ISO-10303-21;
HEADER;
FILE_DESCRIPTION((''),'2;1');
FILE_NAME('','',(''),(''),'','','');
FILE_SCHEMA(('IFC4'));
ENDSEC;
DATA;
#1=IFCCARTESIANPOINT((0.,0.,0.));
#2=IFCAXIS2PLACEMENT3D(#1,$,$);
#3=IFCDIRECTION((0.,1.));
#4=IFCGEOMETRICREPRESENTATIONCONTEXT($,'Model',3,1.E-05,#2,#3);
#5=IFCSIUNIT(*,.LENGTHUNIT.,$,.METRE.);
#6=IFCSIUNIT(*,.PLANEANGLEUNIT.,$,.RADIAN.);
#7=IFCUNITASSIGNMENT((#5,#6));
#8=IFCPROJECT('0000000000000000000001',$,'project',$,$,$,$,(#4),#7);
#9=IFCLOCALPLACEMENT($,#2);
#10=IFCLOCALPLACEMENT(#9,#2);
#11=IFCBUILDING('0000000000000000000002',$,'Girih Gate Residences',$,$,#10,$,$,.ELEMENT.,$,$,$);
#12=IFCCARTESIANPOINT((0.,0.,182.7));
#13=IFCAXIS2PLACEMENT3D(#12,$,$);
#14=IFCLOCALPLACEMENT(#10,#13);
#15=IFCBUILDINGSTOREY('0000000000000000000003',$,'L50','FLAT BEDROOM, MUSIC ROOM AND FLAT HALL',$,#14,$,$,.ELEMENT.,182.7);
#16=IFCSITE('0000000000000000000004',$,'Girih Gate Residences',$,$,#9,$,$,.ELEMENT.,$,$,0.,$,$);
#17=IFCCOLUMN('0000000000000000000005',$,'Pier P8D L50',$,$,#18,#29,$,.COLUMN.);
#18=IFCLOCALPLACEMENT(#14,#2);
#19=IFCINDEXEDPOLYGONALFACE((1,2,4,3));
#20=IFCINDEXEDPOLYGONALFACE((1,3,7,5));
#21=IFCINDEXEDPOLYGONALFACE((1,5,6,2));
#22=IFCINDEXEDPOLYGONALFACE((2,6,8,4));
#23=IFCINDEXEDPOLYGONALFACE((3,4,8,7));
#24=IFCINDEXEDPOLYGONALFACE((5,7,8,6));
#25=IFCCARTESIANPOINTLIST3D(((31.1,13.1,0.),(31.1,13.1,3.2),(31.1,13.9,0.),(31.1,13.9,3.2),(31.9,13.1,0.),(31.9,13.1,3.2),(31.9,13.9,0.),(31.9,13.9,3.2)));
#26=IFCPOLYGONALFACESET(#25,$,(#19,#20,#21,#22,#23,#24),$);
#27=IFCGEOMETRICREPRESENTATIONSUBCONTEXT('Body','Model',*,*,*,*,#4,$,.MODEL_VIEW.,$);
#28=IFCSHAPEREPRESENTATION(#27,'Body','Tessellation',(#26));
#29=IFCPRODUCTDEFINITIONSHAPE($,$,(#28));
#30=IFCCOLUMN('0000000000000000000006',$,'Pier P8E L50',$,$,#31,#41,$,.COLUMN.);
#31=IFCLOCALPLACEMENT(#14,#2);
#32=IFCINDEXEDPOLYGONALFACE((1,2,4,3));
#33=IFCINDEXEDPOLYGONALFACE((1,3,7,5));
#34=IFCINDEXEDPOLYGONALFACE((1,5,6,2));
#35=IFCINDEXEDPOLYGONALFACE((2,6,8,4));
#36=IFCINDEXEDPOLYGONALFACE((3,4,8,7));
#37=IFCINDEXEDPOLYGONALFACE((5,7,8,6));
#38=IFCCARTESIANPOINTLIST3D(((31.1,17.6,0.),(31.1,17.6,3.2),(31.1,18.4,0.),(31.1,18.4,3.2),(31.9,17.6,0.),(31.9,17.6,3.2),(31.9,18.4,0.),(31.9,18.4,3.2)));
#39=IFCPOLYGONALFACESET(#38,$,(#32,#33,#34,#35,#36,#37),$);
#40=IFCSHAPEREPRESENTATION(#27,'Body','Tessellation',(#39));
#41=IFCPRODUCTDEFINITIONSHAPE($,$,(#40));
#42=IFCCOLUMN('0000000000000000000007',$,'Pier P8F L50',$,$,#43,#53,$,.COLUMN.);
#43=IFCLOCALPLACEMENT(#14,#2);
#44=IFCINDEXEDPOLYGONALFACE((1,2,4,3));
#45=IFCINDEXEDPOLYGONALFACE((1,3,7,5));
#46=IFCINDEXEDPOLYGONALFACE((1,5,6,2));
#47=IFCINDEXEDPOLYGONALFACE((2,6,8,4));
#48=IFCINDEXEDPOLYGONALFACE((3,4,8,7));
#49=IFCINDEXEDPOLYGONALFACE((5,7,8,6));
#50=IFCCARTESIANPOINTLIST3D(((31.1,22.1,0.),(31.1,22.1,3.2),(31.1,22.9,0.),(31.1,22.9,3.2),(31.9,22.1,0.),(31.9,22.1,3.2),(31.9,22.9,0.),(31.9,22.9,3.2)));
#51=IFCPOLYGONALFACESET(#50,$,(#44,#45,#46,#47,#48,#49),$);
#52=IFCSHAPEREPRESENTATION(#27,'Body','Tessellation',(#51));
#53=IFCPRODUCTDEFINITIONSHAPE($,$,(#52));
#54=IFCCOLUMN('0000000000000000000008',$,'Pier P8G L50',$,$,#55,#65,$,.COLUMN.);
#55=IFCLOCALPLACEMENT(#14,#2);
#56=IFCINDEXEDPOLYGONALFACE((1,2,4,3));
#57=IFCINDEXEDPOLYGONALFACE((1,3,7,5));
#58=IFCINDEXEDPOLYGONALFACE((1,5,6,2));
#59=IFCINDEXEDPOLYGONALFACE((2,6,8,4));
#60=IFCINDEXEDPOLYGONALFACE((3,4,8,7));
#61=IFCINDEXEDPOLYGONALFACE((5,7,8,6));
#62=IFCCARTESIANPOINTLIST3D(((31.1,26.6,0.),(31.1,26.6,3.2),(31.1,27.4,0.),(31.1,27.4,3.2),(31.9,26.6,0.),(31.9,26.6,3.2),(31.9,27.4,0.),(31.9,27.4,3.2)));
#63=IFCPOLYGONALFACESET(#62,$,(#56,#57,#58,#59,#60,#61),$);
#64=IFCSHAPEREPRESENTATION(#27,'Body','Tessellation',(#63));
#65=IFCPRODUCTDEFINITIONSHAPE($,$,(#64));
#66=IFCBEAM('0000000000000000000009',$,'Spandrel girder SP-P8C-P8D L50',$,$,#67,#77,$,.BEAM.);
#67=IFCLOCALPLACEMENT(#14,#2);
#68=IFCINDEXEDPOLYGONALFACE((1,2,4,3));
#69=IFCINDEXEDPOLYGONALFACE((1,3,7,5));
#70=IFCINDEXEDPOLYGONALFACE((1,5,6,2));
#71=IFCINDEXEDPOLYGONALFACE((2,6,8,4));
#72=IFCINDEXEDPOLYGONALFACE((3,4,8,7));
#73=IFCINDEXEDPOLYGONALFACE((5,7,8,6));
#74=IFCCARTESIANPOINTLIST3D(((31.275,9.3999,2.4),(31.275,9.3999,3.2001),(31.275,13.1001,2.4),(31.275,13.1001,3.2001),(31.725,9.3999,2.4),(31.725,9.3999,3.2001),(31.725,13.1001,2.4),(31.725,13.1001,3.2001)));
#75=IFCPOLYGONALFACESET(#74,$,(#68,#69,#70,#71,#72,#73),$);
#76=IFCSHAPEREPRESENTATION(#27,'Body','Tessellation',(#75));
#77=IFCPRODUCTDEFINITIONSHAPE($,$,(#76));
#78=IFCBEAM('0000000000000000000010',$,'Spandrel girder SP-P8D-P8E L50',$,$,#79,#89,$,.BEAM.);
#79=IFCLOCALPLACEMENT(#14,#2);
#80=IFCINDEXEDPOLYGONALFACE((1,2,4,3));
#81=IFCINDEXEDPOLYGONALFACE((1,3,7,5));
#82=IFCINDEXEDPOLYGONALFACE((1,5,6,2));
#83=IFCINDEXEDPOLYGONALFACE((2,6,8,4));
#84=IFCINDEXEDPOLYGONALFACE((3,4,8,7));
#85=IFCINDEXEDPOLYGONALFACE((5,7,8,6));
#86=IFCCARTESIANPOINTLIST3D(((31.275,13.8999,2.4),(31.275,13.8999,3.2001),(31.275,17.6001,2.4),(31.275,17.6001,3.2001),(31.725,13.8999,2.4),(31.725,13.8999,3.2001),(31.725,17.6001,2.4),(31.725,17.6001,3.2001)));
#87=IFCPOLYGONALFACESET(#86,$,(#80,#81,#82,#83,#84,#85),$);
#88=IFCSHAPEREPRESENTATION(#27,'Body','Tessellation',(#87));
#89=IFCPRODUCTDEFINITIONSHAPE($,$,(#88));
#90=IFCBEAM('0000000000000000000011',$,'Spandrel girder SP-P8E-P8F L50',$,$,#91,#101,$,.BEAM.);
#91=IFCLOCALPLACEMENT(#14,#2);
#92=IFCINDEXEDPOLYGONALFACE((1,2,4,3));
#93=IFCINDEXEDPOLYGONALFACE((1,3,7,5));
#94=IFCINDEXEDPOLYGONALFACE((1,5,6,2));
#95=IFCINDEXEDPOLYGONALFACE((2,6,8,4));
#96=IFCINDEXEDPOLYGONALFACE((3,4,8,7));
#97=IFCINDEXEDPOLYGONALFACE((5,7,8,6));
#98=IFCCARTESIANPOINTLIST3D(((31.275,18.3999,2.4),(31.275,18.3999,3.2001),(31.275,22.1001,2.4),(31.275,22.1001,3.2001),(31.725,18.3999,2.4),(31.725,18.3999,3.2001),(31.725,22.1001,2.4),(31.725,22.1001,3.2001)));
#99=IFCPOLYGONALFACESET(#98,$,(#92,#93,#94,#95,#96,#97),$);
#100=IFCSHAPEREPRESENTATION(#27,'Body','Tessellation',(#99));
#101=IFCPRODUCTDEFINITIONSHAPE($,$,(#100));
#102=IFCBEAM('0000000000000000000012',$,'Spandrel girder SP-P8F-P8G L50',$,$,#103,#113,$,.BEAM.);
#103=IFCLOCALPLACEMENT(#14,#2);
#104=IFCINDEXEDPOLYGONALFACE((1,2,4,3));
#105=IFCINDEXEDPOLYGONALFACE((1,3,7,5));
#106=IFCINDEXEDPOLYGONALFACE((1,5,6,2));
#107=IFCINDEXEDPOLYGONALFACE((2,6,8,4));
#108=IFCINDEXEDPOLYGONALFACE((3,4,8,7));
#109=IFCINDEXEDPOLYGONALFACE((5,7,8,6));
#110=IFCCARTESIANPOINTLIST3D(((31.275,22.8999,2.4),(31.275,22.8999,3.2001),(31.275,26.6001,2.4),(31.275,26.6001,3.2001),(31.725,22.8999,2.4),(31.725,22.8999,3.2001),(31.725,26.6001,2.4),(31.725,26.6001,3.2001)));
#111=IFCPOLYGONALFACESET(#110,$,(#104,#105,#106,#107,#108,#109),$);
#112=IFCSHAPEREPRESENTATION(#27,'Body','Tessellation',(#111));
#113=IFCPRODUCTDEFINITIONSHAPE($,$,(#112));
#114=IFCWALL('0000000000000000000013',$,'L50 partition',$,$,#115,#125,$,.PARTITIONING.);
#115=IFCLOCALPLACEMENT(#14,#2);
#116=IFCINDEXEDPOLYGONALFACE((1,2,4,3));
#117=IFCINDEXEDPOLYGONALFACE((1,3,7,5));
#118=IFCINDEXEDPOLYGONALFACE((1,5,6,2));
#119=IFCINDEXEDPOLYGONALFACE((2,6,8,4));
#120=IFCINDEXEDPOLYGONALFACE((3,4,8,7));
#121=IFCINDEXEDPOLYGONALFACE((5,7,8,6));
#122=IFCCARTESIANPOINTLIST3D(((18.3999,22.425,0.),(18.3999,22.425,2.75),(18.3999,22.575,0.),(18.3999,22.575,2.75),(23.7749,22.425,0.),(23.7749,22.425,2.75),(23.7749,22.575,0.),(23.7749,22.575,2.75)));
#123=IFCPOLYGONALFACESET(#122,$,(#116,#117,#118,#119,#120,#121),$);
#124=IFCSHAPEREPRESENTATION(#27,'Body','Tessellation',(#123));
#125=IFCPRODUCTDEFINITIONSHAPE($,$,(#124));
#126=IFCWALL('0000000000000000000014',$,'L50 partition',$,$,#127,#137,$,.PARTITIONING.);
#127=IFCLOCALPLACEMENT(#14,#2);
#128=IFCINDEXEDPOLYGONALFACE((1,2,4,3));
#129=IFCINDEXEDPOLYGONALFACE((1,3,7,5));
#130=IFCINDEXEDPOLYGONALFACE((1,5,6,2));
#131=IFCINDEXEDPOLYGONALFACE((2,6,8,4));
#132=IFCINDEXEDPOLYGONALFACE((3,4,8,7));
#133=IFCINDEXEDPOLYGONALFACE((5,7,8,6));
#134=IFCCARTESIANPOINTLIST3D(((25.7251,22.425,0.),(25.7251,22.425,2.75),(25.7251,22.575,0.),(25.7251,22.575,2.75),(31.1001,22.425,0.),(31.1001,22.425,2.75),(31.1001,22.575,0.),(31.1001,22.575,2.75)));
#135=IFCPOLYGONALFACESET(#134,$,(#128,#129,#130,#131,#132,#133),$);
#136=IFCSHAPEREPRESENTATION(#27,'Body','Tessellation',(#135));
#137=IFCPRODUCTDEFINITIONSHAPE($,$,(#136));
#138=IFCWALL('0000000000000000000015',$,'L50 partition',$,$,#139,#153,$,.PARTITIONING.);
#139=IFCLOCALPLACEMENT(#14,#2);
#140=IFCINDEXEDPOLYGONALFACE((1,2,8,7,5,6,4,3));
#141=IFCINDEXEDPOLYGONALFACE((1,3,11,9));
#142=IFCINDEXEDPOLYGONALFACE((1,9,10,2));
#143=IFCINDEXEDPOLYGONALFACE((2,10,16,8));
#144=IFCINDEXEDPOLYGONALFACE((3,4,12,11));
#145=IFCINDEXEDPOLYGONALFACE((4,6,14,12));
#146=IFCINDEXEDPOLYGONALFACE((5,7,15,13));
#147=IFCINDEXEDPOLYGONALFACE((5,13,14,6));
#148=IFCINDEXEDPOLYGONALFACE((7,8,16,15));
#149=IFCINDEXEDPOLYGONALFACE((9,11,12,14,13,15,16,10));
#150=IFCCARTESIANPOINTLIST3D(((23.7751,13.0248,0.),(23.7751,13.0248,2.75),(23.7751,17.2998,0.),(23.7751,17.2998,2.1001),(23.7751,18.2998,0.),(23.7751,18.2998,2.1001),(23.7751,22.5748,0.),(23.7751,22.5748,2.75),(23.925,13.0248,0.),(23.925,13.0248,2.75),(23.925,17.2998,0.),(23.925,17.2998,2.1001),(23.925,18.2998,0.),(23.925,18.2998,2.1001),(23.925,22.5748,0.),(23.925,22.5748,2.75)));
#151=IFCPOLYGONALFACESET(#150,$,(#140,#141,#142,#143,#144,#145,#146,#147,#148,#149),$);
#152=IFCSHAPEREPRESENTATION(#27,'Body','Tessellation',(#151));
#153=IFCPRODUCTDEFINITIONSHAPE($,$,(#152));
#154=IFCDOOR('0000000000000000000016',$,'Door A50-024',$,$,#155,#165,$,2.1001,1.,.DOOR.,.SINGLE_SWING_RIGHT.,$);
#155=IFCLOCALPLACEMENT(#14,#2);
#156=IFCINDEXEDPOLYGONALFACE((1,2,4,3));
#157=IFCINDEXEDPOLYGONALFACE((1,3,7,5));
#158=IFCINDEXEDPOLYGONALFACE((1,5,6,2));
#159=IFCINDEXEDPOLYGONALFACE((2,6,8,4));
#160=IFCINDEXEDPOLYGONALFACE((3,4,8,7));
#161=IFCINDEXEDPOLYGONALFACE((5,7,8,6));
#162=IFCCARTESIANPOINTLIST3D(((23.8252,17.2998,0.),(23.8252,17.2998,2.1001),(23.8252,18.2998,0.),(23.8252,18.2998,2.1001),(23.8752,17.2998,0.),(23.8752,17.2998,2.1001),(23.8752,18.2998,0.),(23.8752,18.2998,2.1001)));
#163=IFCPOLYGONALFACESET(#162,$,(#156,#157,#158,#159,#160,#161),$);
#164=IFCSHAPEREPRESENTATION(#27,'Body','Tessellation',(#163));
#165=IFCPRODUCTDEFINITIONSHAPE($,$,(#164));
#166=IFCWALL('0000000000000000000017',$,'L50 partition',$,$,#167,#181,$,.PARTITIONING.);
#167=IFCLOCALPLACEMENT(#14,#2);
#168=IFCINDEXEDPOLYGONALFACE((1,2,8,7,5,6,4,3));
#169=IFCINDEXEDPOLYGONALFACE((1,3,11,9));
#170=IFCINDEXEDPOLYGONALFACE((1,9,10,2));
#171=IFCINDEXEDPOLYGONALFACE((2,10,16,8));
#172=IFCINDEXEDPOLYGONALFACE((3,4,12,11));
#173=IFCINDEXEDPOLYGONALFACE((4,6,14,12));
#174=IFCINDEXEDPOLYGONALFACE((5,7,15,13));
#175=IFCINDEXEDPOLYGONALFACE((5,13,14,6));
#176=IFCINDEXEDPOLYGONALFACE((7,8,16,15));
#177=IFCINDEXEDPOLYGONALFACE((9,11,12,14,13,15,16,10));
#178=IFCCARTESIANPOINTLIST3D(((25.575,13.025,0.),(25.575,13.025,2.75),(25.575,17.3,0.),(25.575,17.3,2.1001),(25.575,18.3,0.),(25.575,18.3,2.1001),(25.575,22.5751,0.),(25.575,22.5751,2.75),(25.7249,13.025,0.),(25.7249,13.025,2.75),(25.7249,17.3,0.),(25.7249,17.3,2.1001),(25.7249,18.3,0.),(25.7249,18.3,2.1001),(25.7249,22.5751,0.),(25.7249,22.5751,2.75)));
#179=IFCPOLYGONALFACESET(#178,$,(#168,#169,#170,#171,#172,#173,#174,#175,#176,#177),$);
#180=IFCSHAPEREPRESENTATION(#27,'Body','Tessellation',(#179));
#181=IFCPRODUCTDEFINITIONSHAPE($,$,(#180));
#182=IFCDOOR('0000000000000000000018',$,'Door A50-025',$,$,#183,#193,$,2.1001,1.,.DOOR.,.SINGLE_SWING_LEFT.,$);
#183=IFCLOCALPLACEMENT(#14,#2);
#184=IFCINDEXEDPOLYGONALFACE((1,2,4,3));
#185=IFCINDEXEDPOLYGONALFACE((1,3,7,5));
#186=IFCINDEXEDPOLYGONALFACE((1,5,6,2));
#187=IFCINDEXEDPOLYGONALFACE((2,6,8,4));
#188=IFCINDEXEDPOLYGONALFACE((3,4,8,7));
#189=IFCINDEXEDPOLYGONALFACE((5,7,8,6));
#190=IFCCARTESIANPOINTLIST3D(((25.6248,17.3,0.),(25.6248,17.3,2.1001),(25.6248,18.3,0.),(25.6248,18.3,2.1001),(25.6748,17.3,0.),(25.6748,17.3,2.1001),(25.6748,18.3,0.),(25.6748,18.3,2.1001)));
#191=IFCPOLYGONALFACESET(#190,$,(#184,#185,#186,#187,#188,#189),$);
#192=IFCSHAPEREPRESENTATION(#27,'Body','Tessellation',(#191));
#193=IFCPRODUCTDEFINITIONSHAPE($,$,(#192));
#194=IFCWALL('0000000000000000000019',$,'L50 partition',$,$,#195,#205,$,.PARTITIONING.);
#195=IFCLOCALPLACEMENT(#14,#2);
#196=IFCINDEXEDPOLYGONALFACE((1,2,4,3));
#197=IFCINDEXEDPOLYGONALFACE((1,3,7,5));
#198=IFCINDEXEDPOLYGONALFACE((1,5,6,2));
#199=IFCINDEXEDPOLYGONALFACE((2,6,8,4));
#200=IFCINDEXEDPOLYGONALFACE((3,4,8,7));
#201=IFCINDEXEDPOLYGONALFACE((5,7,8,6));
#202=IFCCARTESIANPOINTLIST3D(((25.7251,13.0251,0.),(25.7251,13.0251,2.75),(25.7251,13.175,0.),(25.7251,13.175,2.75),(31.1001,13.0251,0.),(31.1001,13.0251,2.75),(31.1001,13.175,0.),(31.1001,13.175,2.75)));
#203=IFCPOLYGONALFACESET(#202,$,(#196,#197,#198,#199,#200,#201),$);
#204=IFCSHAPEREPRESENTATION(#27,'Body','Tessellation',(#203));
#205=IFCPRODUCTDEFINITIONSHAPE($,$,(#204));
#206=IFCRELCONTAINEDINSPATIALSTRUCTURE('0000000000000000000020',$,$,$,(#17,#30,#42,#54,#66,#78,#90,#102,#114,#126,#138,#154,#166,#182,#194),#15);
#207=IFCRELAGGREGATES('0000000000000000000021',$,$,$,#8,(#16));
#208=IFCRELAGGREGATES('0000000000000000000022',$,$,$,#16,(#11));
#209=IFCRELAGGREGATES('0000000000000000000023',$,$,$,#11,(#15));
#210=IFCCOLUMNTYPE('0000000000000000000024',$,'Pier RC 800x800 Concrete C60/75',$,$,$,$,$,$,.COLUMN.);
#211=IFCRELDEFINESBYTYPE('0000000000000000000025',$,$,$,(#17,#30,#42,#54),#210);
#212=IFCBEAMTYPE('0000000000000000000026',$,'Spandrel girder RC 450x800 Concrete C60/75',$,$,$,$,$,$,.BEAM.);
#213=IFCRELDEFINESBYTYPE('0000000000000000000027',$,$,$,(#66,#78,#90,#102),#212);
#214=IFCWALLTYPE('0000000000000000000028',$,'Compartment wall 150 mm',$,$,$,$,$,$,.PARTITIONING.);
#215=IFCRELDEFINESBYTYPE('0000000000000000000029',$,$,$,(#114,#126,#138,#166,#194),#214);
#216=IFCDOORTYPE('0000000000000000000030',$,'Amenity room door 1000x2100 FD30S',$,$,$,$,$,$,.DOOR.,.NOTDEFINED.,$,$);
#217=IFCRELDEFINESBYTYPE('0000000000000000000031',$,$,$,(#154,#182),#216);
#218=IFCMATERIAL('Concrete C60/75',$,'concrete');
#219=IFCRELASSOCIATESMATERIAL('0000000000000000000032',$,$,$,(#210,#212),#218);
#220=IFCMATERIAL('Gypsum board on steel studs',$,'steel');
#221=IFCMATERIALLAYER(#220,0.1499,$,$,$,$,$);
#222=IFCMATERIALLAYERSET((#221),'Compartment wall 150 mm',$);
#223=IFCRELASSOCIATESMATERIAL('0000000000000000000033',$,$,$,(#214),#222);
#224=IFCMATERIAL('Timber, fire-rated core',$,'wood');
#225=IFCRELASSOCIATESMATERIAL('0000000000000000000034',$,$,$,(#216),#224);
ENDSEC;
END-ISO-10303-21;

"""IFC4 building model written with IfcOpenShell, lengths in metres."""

from ifc_helpers import new_model, si_unit, direction, frame, frame_2d, origin, origin_2d, place, context, subcontext, project, spatial, rectangle, extrude, material, layer, layer_set, material_profile, profile_set, type_object, element, fill, save


model = new_model("IFC4")

# Units and contexts
model_context = context("Model", 3, precision=1e-05, world=origin(), true_north=direction((0.0, 1.0)))
body_context = subcontext(model_context, "Body", "Model", "MODEL_VIEW")
ifc_project = project(units=[si_unit("LENGTHUNIT", "METRE"), si_unit("PLANEANGLEUNIT", "RADIAN")], contexts=[model_context])

# Site, building, storey
site_placement = place(None, origin())
site = spatial("IfcSite", under=ifc_project, at=site_placement, Name="Girih Gate Residences", CompositionType="ELEMENT", RefElevation=0.0)
building_placement = place(site_placement, origin())
building = spatial("IfcBuilding", under=site, at=building_placement, Name="Girih Gate Residences", CompositionType="ELEMENT")
storey_placement = place(building_placement, frame((0.0, 0.0, 182.7)))
storey = spatial("IfcBuildingStorey", under=building, at=storey_placement, Name="L50", Description="FLAT BEDROOM, MUSIC ROOM AND FLAT HALL", CompositionType="ELEMENT", Elevation=182.7)

# Columns
ifc_material_1 = material(Name="Concrete C60/75", Category="concrete")
ifc_material_profile_1 = material_profile(ifc_material_1, rectangle(XDim=0.8, YDim=0.8, at=origin_2d()))
ifc_profile_set_1 = profile_set([ifc_material_profile_1], Name="Concrete C60/75")
column_type = type_object("IfcColumnType", Name="Pier RC 800x800 Concrete C60/75", PredefinedType="COLUMN", material=ifc_profile_set_1)
for number, where, z_axis, x_axis, name in (
    (1, (31.5, 13.5, 0.0), (0.0, 0.0, 1.0), (1.0, 0.0, 0.0), "Pier P8D L50"),
    (2, (31.5, 18.0, 0.0), (0.0, 0.0, 1.0), (1.0, 0.0, 0.0), "Pier P8E L50"),
    (3, (31.5, 22.5, 0.0), (0.0, 0.0, 1.0), (1.0, 0.0, 0.0), "Pier P8F L50"),
    (4, (31.5, 27.0, 0.0), (0.0, 0.0, 1.0), (1.0, 0.0, 0.0), "Pier P8G L50"),
):
    element("IfcColumn", number, at=place(storey_placement, frame(where, z_axis=z_axis, x_axis=x_axis)), inside=storey, type_object=column_type, Name=name, PredefinedType="COLUMN", context=body_context, shape_type="SweptSolid", body=[
        extrude(rectangle(XDim=0.8, YDim=0.8, at=origin_2d()), origin(), (0.0, 0.0, 1.0), 3.2),
    ])

# Beams
ifc_material_profile_2 = material_profile(ifc_material_1, rectangle(XDim=0.45, YDim=0.8, at=origin_2d()))
ifc_profile_set_2 = profile_set([ifc_material_profile_2], Name="Concrete C60/75")
beam_type = type_object("IfcBeamType", Name="Spandrel girder RC 450x800 Concrete C60/75", PredefinedType="BEAM", material=ifc_profile_set_2)
for number, where, z_axis, x_axis, name in (
    (5, (31.5, 9.3999, 2.8), (0.0, 1.0, 0.0), (-1.0, 0.0, 0.0), "Spandrel girder SP-P8C-P8D L50"),
    (6, (31.5, 13.8999, 2.8), (0.0, 1.0, 0.0), (-1.0, 0.0, 0.0), "Spandrel girder SP-P8D-P8E L50"),
    (7, (31.5, 18.3999, 2.8), (0.0, 1.0, 0.0), (-1.0, 0.0, 0.0), "Spandrel girder SP-P8E-P8F L50"),
    (8, (31.5, 22.8999, 2.8), (0.0, 1.0, 0.0), (-1.0, 0.0, 0.0), "Spandrel girder SP-P8F-P8G L50"),
):
    element("IfcBeam", number, at=place(storey_placement, frame(where, z_axis=z_axis, x_axis=x_axis)), inside=storey, type_object=beam_type, Name=name, PredefinedType="BEAM", context=body_context, shape_type="SweptSolid", body=[
        extrude(rectangle(XDim=0.45, YDim=0.8, at=origin_2d()), origin(), (0.0, 0.0, 1.0), 3.7002),
    ])

# Walls
ifc_material_2 = material(Name="Gypsum board on steel studs", Category="steel")
ifc_layer_1 = layer(ifc_material_2, 0.1499)
ifc_layer_set_1 = layer_set([ifc_layer_1], Name="Compartment wall 150 mm")
wall_type_1 = type_object("IfcWallType", Name="Compartment wall 150 mm", PredefinedType="PARTITIONING", material=ifc_layer_set_1)
for number, where, z_axis, x_axis, name in (
    (9, (18.3999, 22.5, 0.0), (0.0, 0.0, 1.0), (1.0, 0.0, 0.0), "L50 partition"),
    (10, (25.7251, 22.5, 0.0), (0.0, 0.0, 1.0), (1.0, 0.0, 0.0), "L50 partition"),
):
    element("IfcWall", number, at=place(storey_placement, frame(where, z_axis=z_axis, x_axis=x_axis)), inside=storey, type_object=wall_type_1, Name=name, PredefinedType="PARTITIONING", context=body_context, shape_type="SweptSolid", body=[
        extrude(rectangle(XDim=5.375, YDim=0.1499, at=frame_2d((2.6875, 0.0))), origin(), (0.0, 0.0, 1.0), 2.75),
    ])

# Walls, openings, doors
wall_1_placement = place(storey_placement, frame((23.8501, 13.0249, 0.0), z_axis=(0.0, 0.0, 1.0), x_axis=(0.0, 1.0, 0.0)))
wall_1 = element("IfcWall", 11, at=wall_1_placement, inside=storey, type_object=wall_type_1, Name="L50 partition", PredefinedType="PARTITIONING", context=body_context, shape_type="SweptSolid", body=[
    extrude(rectangle(XDim=9.55, YDim=0.1499, at=frame_2d((4.7749, 0.0))), origin(), (0.0, 0.0, 1.0), 2.75),
])
opening_1_placement = place(wall_1_placement, frame((4.2749, 0.0, 0.0)))
opening_1 = element("IfcOpeningElement", 12, at=opening_1_placement, cuts=wall_1, PredefinedType="OPENING", context=body_context, shape_type="SweptSolid", body=[
    extrude(rectangle(XDim=1.0, YDim=2.1001, at=frame_2d((0.5, 1.05))), frame((0.0, 0.085, 0.0), z_axis=(0.0, -1.0, 0.0), x_axis=(1.0, 0.0, 0.0)), (0.0, 0.0, 1.0), 0.1699),
])
ifc_material_3 = material(Name="Timber, fire-rated core", Category="wood")
door_type_1 = type_object("IfcDoorType", Name="Amenity room door 1000x2100 FD30S", OperationType="NOTDEFINED", PredefinedType="DOOR", material=ifc_material_3)
door_1_placement = place(opening_1_placement, origin())
door_1 = element("IfcDoor", 13, at=door_1_placement, inside=storey, type_object=door_type_1, Name="Door A50-024", OperationType="SINGLE_SWING_RIGHT", OverallHeight=2.1001, OverallWidth=1.0, PredefinedType="DOOR", context=body_context, shape_type="SweptSolid", body=[
    extrude(rectangle(XDim=1.0, YDim=2.1001, at=frame_2d((0.5, 1.05))), frame((0.0, 0.0249, 0.0), z_axis=(0.0, -1.0, 0.0), x_axis=(1.0, 0.0, 0.0)), (0.0, 0.0, 1.0), 0.05),
])
fill(opening_1, door_1)
wall_2_placement = place(storey_placement, frame((25.6499, 22.575, 0.0), z_axis=(0.0, 0.0, 1.0), x_axis=(0.0, -1.0, 0.0)))
wall_2 = element("IfcWall", 14, at=wall_2_placement, inside=storey, type_object=wall_type_1, Name="L50 partition", PredefinedType="PARTITIONING", context=body_context, shape_type="SweptSolid", body=[
    extrude(rectangle(XDim=9.55, YDim=0.1499, at=frame_2d((4.7749, 0.0))), origin(), (0.0, 0.0, 1.0), 2.75),
])
opening_2_placement = place(wall_2_placement, frame((4.2749, 0.0, 0.0)))
opening_2 = element("IfcOpeningElement", 15, at=opening_2_placement, cuts=wall_2, PredefinedType="OPENING", context=body_context, shape_type="SweptSolid", body=[
    extrude(rectangle(XDim=1.0, YDim=2.1001, at=frame_2d((0.5, 1.05))), frame((0.0, 0.085, 0.0), z_axis=(0.0, -1.0, 0.0), x_axis=(1.0, 0.0, 0.0)), (0.0, 0.0, 1.0), 0.1699),
])
door_2_placement = place(opening_2_placement, origin())
door_2 = element("IfcDoor", 16, at=door_2_placement, inside=storey, type_object=door_type_1, Name="Door A50-025", OperationType="SINGLE_SWING_LEFT", OverallHeight=2.1001, OverallWidth=1.0, PredefinedType="DOOR", context=body_context, shape_type="SweptSolid", body=[
    extrude(rectangle(XDim=1.0, YDim=2.1001, at=frame_2d((0.5, 1.05))), frame((0.0, 0.0249, 0.0), z_axis=(0.0, -1.0, 0.0), x_axis=(1.0, 0.0, 0.0)), (0.0, 0.0, 1.0), 0.05),
])
fill(opening_2, door_2)

# Wall
wall_3_placement = place(storey_placement, frame((25.7251, 13.1001, 0.0), z_axis=(0.0, 0.0, 1.0), x_axis=(1.0, 0.0, 0.0)))
element("IfcWall", 17, at=wall_3_placement, inside=storey, type_object=wall_type_1, Name="L50 partition", PredefinedType="PARTITIONING", context=body_context, shape_type="SweptSolid", body=[
    extrude(rectangle(XDim=5.375, YDim=0.1499, at=frame_2d((2.6875, 0.0))), origin(), (0.0, 0.0, 1.0), 2.75),
])

save(model, "model.ifc")
